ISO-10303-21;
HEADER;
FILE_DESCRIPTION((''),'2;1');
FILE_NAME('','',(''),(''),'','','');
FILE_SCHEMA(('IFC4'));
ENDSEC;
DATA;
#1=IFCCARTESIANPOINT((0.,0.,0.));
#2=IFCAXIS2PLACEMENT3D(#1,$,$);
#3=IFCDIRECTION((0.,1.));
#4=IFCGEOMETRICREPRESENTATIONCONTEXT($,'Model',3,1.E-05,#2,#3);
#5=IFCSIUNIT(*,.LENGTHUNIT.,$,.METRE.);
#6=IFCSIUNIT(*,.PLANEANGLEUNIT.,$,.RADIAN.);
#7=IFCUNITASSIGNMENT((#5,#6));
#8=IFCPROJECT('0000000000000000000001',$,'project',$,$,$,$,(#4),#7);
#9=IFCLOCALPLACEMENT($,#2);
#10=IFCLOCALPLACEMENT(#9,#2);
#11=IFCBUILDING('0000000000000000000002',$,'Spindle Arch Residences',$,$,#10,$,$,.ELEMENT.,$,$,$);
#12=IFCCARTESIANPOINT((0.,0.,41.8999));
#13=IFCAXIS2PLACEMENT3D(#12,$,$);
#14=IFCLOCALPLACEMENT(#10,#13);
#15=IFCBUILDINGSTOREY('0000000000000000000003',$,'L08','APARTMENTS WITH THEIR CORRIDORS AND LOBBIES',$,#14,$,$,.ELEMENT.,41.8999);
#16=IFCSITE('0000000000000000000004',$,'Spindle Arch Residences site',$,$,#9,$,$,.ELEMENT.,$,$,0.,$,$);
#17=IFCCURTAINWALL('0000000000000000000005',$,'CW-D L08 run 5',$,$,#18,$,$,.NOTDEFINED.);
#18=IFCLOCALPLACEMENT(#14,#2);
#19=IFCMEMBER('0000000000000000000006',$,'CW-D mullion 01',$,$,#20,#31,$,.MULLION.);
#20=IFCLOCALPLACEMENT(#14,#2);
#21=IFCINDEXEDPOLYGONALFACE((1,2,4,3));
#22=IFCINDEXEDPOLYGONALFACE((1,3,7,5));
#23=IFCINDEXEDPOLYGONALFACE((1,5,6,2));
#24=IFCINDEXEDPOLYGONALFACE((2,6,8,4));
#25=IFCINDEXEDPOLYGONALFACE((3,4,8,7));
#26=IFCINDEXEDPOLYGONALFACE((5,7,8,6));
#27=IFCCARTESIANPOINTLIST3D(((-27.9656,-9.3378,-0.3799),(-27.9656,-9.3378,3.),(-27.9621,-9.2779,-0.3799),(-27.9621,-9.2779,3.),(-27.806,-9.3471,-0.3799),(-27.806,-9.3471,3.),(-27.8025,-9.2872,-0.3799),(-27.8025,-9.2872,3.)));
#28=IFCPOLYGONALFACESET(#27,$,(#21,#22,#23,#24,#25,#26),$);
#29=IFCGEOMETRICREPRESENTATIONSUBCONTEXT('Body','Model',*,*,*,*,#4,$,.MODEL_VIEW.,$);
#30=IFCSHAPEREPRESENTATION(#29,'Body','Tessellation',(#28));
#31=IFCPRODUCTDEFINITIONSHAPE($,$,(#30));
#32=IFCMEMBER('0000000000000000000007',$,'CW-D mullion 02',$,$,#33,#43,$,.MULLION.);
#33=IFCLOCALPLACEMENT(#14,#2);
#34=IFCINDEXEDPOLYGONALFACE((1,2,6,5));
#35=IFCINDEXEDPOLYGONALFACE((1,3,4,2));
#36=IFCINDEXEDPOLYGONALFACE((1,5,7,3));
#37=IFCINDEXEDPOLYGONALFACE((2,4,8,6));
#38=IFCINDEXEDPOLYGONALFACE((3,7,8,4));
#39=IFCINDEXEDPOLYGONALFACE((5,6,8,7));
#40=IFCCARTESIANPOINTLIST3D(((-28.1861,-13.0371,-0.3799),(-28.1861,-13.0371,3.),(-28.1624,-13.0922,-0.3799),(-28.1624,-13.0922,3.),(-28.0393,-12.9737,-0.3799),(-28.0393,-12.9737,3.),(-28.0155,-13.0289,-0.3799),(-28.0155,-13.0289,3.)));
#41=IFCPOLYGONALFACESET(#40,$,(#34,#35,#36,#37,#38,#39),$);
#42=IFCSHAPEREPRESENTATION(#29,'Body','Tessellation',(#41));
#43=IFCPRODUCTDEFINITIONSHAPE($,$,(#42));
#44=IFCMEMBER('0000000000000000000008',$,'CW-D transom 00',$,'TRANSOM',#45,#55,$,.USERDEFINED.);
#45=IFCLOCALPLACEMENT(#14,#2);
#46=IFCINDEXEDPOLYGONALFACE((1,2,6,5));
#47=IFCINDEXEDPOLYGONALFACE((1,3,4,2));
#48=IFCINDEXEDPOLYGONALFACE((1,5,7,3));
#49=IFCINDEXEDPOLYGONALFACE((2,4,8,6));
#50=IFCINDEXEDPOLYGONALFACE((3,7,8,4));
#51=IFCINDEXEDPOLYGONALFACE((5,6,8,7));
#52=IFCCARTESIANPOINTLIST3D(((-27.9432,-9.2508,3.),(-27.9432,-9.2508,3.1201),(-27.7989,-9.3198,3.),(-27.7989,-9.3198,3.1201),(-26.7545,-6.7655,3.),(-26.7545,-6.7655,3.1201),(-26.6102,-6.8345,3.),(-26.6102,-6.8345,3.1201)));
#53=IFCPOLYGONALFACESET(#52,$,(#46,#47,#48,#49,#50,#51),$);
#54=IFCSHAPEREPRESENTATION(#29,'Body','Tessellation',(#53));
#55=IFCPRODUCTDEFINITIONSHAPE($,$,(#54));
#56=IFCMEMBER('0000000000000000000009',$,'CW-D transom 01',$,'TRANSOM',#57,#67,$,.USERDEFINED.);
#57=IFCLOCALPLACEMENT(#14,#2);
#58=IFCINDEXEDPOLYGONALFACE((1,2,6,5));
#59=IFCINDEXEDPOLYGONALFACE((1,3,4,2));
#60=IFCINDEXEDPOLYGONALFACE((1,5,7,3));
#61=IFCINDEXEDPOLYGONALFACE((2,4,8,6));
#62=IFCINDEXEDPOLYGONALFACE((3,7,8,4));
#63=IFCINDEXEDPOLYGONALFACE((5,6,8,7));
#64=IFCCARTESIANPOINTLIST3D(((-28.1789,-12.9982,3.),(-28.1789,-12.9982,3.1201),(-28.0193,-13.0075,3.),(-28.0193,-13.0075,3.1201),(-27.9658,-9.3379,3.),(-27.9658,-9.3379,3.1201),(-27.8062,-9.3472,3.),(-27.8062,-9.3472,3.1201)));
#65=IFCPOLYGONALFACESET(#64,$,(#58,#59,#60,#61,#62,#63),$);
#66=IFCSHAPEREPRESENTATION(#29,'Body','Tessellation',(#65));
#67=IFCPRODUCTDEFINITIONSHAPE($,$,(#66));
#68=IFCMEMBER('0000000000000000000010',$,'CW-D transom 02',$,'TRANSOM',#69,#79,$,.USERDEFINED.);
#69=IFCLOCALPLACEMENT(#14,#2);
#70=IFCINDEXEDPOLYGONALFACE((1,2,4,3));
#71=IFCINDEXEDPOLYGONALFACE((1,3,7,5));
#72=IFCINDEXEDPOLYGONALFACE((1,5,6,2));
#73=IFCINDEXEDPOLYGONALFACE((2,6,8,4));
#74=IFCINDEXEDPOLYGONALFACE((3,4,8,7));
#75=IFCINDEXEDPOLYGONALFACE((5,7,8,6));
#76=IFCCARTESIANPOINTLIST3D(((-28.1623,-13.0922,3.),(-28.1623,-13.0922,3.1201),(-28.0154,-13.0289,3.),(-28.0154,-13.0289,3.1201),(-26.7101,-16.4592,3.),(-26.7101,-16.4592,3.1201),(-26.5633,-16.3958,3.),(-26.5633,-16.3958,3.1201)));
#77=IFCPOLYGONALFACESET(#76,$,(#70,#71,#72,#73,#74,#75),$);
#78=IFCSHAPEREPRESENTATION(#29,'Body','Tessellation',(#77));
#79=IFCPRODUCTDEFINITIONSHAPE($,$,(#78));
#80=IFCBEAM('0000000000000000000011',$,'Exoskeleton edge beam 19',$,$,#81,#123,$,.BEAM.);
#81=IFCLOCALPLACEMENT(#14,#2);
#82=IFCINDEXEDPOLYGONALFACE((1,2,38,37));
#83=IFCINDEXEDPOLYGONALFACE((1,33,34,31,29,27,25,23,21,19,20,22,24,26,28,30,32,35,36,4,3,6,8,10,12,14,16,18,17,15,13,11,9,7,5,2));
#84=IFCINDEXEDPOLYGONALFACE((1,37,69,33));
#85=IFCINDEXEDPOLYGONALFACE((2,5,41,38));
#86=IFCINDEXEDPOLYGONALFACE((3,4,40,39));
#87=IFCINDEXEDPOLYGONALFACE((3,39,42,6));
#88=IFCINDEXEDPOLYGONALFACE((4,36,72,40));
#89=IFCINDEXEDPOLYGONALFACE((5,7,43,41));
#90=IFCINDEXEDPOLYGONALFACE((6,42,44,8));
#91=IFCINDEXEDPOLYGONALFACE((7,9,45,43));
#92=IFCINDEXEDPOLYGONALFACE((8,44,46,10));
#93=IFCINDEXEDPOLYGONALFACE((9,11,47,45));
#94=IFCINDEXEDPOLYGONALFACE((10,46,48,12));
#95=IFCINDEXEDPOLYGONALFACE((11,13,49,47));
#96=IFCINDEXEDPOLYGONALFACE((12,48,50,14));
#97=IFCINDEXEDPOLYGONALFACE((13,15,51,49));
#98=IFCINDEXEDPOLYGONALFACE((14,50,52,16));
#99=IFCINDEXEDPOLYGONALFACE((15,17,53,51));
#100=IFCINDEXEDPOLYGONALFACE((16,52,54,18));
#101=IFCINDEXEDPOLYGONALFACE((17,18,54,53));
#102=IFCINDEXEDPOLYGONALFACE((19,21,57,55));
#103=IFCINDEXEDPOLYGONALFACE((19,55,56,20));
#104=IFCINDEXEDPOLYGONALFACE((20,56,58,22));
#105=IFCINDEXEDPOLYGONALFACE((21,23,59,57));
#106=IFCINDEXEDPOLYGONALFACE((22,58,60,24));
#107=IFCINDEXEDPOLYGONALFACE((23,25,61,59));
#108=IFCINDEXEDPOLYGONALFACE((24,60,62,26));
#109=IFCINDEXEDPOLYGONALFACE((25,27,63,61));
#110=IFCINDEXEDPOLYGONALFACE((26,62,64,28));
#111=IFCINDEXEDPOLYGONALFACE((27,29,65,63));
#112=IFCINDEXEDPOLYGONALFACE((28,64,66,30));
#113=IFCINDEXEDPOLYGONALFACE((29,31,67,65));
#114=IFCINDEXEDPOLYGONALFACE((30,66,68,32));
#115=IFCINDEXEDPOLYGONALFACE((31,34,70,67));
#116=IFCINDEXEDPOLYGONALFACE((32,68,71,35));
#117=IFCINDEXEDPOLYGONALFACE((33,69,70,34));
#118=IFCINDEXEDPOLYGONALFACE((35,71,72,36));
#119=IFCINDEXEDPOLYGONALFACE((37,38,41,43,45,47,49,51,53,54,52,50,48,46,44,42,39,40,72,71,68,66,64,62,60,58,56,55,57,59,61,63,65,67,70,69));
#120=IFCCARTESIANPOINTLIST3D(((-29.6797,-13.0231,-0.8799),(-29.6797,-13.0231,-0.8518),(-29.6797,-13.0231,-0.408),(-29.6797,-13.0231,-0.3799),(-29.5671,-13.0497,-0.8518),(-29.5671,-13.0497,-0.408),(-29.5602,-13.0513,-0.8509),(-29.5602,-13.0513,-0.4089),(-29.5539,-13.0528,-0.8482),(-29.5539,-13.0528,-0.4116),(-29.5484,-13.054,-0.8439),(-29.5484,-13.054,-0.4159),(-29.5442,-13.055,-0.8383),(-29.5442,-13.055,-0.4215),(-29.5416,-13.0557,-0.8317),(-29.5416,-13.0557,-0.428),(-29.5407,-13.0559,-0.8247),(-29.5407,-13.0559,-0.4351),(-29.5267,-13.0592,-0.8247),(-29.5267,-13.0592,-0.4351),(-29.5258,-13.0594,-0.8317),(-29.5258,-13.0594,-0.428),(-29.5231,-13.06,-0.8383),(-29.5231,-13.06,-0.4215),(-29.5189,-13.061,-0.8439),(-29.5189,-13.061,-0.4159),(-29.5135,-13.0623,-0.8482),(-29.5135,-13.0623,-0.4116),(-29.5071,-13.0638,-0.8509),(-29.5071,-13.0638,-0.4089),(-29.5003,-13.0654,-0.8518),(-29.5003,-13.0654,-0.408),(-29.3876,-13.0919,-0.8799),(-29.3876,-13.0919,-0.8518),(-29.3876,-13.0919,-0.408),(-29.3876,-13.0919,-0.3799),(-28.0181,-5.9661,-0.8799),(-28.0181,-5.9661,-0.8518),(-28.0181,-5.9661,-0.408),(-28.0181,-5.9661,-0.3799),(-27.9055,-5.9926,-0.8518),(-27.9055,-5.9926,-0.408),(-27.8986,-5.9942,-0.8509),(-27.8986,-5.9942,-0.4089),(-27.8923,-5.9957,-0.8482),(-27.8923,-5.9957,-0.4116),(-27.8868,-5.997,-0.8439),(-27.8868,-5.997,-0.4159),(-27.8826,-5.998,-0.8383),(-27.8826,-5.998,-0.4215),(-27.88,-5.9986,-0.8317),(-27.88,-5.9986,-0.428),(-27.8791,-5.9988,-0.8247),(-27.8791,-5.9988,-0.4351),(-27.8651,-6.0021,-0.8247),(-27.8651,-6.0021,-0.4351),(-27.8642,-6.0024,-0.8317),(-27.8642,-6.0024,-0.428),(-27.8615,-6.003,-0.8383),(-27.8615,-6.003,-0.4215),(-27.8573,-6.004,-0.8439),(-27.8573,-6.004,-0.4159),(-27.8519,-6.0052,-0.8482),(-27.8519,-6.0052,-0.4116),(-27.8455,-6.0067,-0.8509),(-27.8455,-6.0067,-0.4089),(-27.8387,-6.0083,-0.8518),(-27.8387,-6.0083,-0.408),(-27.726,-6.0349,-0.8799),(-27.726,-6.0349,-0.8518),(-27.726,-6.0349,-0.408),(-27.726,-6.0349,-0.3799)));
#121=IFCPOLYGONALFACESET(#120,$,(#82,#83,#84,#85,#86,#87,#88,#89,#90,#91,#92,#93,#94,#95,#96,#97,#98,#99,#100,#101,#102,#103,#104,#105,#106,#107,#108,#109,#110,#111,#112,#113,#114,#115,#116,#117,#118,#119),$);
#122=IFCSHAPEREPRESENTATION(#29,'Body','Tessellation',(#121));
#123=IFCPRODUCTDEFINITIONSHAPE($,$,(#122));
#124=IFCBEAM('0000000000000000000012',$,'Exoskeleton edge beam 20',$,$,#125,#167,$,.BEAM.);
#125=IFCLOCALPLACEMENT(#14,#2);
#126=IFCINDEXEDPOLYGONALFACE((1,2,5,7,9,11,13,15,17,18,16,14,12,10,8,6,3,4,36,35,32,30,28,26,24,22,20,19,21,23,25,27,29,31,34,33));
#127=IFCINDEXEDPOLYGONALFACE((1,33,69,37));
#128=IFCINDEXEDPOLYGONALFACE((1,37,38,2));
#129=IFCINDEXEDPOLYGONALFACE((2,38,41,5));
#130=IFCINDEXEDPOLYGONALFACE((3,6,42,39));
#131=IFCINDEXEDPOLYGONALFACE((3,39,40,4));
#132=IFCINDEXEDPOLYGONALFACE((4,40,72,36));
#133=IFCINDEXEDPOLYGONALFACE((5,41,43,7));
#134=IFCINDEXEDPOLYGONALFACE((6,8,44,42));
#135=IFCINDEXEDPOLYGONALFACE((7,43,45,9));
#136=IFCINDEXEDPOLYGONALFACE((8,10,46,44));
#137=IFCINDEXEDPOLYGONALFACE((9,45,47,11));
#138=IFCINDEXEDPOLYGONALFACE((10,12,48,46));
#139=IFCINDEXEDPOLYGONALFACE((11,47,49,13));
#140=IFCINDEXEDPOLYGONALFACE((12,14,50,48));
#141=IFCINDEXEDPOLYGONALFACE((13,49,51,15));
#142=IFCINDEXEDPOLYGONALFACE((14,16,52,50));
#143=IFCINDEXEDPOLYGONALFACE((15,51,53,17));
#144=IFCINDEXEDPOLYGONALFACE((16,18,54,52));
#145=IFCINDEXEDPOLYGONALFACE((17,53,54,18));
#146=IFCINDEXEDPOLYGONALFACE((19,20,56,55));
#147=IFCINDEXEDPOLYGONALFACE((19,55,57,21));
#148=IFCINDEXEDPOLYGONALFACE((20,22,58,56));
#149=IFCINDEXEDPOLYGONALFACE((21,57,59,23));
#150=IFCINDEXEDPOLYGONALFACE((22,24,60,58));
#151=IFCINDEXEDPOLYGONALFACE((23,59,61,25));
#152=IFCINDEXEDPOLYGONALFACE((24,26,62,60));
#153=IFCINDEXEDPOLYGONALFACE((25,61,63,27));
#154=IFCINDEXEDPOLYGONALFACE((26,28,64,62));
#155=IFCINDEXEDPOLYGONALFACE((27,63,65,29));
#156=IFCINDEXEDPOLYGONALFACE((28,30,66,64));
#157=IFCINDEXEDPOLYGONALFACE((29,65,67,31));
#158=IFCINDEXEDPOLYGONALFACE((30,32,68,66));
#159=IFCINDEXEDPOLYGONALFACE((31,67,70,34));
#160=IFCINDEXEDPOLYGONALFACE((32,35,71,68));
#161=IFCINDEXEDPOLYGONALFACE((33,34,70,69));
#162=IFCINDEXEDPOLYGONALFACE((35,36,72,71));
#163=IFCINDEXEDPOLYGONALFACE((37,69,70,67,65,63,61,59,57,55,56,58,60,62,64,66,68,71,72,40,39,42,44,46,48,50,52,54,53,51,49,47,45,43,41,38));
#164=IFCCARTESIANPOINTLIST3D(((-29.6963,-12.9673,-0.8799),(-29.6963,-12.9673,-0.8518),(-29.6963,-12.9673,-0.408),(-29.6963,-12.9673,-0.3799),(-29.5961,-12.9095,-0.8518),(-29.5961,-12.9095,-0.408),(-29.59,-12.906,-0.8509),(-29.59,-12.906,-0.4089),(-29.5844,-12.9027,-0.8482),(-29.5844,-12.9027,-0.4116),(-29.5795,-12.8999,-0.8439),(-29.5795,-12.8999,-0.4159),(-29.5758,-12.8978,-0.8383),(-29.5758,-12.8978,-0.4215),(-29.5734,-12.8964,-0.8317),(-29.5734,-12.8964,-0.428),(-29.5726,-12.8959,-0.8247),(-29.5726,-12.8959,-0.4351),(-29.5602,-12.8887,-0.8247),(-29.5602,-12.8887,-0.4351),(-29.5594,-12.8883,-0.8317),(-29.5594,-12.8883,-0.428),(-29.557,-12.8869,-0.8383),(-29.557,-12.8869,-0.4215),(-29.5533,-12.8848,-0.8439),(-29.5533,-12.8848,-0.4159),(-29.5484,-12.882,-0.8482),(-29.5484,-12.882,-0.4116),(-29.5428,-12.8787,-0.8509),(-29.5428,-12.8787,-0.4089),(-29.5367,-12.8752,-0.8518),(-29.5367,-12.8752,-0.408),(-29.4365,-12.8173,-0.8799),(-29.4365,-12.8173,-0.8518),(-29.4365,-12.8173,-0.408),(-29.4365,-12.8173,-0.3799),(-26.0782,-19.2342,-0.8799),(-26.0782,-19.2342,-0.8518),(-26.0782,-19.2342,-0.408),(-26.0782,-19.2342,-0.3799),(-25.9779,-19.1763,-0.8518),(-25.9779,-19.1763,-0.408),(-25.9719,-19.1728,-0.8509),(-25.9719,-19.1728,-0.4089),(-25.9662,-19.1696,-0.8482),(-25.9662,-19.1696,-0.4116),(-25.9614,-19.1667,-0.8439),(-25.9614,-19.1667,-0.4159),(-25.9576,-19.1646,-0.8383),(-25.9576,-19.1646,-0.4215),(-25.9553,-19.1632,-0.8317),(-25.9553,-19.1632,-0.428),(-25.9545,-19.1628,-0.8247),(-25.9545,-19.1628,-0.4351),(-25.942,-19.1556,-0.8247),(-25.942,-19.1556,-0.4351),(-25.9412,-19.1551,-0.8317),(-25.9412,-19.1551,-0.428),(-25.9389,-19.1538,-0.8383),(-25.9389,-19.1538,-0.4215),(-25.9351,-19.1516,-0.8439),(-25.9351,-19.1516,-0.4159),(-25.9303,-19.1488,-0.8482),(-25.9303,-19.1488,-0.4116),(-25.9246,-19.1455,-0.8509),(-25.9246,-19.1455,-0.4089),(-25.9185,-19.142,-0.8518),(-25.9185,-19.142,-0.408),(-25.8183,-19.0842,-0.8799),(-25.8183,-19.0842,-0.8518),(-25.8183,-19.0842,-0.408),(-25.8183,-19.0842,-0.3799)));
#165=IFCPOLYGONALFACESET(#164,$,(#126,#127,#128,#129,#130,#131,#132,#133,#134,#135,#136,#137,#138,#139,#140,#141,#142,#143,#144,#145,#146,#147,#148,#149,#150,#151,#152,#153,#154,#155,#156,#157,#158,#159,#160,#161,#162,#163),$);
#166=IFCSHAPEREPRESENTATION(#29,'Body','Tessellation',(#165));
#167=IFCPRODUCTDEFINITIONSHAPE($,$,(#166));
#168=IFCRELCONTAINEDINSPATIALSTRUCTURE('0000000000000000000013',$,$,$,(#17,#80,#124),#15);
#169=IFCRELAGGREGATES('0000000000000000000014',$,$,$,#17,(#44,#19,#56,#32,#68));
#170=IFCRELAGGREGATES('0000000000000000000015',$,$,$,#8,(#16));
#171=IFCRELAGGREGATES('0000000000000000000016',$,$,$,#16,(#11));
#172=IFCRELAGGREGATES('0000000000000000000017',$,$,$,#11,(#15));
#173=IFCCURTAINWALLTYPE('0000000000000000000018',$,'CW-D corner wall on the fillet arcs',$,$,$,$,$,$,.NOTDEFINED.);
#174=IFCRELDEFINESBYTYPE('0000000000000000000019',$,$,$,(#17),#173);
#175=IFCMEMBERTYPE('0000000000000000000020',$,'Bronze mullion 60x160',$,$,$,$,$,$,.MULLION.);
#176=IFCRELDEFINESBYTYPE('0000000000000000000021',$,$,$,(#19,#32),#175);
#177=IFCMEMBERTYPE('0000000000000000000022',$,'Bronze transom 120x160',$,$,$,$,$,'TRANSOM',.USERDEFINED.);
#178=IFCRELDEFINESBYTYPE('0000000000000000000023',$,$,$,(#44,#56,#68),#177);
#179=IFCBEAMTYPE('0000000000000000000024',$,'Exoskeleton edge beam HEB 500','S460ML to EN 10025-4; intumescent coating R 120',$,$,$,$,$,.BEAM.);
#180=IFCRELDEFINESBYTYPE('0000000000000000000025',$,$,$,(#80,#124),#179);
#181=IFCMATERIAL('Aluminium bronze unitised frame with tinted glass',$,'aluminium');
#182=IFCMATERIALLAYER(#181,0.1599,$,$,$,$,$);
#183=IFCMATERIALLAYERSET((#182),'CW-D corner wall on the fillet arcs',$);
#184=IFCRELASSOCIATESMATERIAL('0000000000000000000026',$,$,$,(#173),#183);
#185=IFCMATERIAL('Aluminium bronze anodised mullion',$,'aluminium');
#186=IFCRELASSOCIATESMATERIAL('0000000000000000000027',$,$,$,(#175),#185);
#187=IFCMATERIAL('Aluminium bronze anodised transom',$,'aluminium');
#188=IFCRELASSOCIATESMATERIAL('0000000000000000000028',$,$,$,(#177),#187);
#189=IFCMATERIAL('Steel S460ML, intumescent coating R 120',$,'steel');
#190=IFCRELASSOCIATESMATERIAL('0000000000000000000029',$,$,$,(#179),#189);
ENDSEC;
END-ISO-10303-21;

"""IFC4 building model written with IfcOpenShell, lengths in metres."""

from ifc_helpers import new_model, si_unit, direction, frame, origin, origin_2d, place, context, subcontext, project, spatial, rectangle, i_section, extrude, material, layer, layer_set, material_profile, profile_set, type_object, element, aggregate, save


model = new_model("IFC4")

# Units and contexts
model_context = context("Model", 3, precision=1e-05, world=origin(), true_north=direction((0.0, 1.0)))
body_context = subcontext(model_context, "Body", "Model", "MODEL_VIEW")
ifc_project = project(units=[si_unit("LENGTHUNIT", "METRE"), si_unit("PLANEANGLEUNIT", "RADIAN")], contexts=[model_context])

# Site, building, storey
site_placement = place(None, origin())
site = spatial("IfcSite", under=ifc_project, at=site_placement, Name="Spindle Arch Residences site", CompositionType="ELEMENT", RefElevation=0.0)
building_placement = place(site_placement, origin())
building = spatial("IfcBuilding", under=site, at=building_placement, Name="Spindle Arch Residences", CompositionType="ELEMENT")
storey_placement = place(building_placement, frame((0.0, 0.0, 41.8999)))
storey = spatial("IfcBuildingStorey", under=building, at=storey_placement, Name="L08", Description="APARTMENTS WITH THEIR CORRIDORS AND LOBBIES", CompositionType="ELEMENT", Elevation=41.8999)

# Curtain wall, members
ifc_material_1 = material(Name="Aluminium bronze unitised frame with tinted glass", Category="aluminium")
ifc_layer_1 = layer(ifc_material_1, 0.1599)
ifc_layer_set_1 = layer_set([ifc_layer_1], Name="CW-D corner wall on the fillet arcs")
curtain_wall_type_1 = type_object("IfcCurtainWallType", Name="CW-D corner wall on the fillet arcs", PredefinedType="NOTDEFINED", material=ifc_layer_set_1)
curtain_wall_1_placement = place(storey_placement, origin())
curtain_wall_1 = element("IfcCurtainWall", 1, at=curtain_wall_1_placement, inside=storey, type_object=curtain_wall_type_1, Name="CW-D L08 run 5", PredefinedType="NOTDEFINED")
ifc_material_2 = material(Name="Aluminium bronze anodised mullion", Category="aluminium")
ifc_material_profile_1 = material_profile(ifc_material_2, rectangle(XDim=0.1599, YDim=0.0601, at=origin_2d()), Name="MU 60x160")
ifc_profile_set_1 = profile_set([ifc_material_profile_1], Name="Aluminium bronze anodised mullion")
member_type_1 = type_object("IfcMemberType", Name="Bronze mullion 60x160", PredefinedType="MULLION", material=ifc_profile_set_1)
member_1_placement = place(storey_placement, frame((-27.884, -9.3125, -0.3799), z_axis=(0.0, 0.0, 1.0), x_axis=(0.998308, -0.058145, 0.0)))
member_1 = element("IfcMember", 2, at=member_1_placement, type_object=member_type_1, Name="CW-D mullion 01", PredefinedType="MULLION", context=body_context, shape_type="SweptSolid", body=[
    extrude(rectangle(XDim=0.1599, YDim=0.0601, at=origin_2d()), origin(), (0.0, 0.0, 1.0), 3.3799),
])
member_2_placement = place(storey_placement, frame((-28.1008, -13.033, -0.3799), z_axis=(0.0, 0.0, 1.0), x_axis=(0.918216, 0.39608, 0.0)))
member_2 = element("IfcMember", 3, at=member_2_placement, type_object=member_type_1, Name="CW-D mullion 02", PredefinedType="MULLION", context=body_context, shape_type="SweptSolid", body=[
    extrude(rectangle(XDim=0.1599, YDim=0.0601, at=origin_2d()), origin(), (0.0, 0.0, 1.0), 3.3799),
])
ifc_material_3 = material(Name="Aluminium bronze anodised transom", Category="aluminium")
ifc_material_profile_2 = material_profile(ifc_material_3, rectangle(XDim=0.1599, YDim=0.1201, at=origin_2d()), Name="TR 120x160")
ifc_profile_set_2 = profile_set([ifc_material_profile_2], Name="Aluminium bronze anodised transom")
member_type_2 = type_object("IfcMemberType", Name="Bronze transom 120x160", ElementType="TRANSOM", PredefinedType="USERDEFINED", material=ifc_profile_set_2)
member_3_placement = place(storey_placement, frame((-26.6824, -6.8, 3.0601), z_axis=(-0.431477, -0.902124, 0.0), x_axis=(0.902124, -0.431477, 0.0)))
member_3 = element("IfcMember", 4, at=member_3_placement, type_object=member_type_2, Name="CW-D transom 00", ObjectType="TRANSOM", PredefinedType="USERDEFINED", context=body_context, shape_type="SweptSolid", body=[
    extrude(rectangle(XDim=0.1599, YDim=0.1201, at=origin_2d()), origin(), (0.0, 0.0, 1.0), 2.7549),
])
member_4_placement = place(storey_placement, frame((-27.886, -9.3425, 3.0601), z_axis=(-0.058129, -0.998309, 0.0), x_axis=(0.998309, -0.058129, 0.0)))
member_4 = element("IfcMember", 5, at=member_4_placement, type_object=member_type_2, Name="CW-D transom 01", ObjectType="TRANSOM", PredefinedType="USERDEFINED", context=body_context, shape_type="SweptSolid", body=[
    extrude(rectangle(XDim=0.1599, YDim=0.1201, at=origin_2d()), origin(), (0.0, 0.0, 1.0), 3.6665),
])
member_5_placement = place(storey_placement, frame((-28.0889, -13.0605, 3.0601), z_axis=(0.396032, -0.918237, 0.0), x_axis=(0.918237, 0.396032, 0.0)))
member_5 = element("IfcMember", 6, at=member_5_placement, type_object=member_type_2, Name="CW-D transom 02", ObjectType="TRANSOM", PredefinedType="USERDEFINED", context=body_context, shape_type="SweptSolid", body=[
    extrude(rectangle(XDim=0.1599, YDim=0.1201, at=origin_2d()), origin(), (0.0, 0.0, 1.0), 3.6667),
])

# Beams
ifc_material_4 = material(Name="Steel S460ML, intumescent coating R 120", Category="steel")
ifc_material_profile_3 = material_profile(ifc_material_4, i_section(OverallWidth=0.3, OverallDepth=0.5, WebThickness=0.0144, FlangeThickness=0.0281, FilletRadius=0.0271, at=origin_2d()), Name="HEB 500")
ifc_profile_set_3 = profile_set([ifc_material_profile_3], Name="Steel S460ML, intumescent coating R 120")
beam_type_1 = type_object("IfcBeamType", Name="Exoskeleton edge beam HEB 500", Description="S460ML to EN 10025-4; intumescent coating R 120", PredefinedType="BEAM", material=ifc_profile_set_3)
beam_1_placement = place(storey_placement, frame((-27.8721, -6.0005, -0.6299), z_axis=(-0.229186, -0.973383, 0.0), x_axis=(0.973383, -0.229186, 0.0)))
element("IfcBeam", 7, at=beam_1_placement, inside=storey, type_object=beam_type_1, Name="Exoskeleton edge beam 19", PredefinedType="BEAM", context=body_context, shape_type="SweptSolid", body=[
    extrude(i_section(OverallWidth=0.3, OverallDepth=0.5, WebThickness=0.0144, FlangeThickness=0.0281, FilletRadius=0.0271, at=origin_2d()), origin(), (0.0, 0.0, 1.0), 7.25),
])
beam_2_placement = place(storey_placement, frame((-29.5664, -12.8923, -0.6299), z_axis=(0.5, -0.866025, 0.0), x_axis=(0.866025, 0.5, 0.0)))
element("IfcBeam", 8, at=beam_2_placement, inside=storey, type_object=beam_type_1, Name="Exoskeleton edge beam 20", PredefinedType="BEAM", context=body_context, shape_type="SweptSolid", body=[
    extrude(i_section(OverallWidth=0.3, OverallDepth=0.5, WebThickness=0.0144, FlangeThickness=0.0281, FilletRadius=0.0271, at=origin_2d()), origin(), (0.0, 0.0, 1.0), 7.2363),
])

aggregate(curtain_wall_1, [member_3, member_1, member_4, member_2, member_5])

save(model, "model.ifc")
